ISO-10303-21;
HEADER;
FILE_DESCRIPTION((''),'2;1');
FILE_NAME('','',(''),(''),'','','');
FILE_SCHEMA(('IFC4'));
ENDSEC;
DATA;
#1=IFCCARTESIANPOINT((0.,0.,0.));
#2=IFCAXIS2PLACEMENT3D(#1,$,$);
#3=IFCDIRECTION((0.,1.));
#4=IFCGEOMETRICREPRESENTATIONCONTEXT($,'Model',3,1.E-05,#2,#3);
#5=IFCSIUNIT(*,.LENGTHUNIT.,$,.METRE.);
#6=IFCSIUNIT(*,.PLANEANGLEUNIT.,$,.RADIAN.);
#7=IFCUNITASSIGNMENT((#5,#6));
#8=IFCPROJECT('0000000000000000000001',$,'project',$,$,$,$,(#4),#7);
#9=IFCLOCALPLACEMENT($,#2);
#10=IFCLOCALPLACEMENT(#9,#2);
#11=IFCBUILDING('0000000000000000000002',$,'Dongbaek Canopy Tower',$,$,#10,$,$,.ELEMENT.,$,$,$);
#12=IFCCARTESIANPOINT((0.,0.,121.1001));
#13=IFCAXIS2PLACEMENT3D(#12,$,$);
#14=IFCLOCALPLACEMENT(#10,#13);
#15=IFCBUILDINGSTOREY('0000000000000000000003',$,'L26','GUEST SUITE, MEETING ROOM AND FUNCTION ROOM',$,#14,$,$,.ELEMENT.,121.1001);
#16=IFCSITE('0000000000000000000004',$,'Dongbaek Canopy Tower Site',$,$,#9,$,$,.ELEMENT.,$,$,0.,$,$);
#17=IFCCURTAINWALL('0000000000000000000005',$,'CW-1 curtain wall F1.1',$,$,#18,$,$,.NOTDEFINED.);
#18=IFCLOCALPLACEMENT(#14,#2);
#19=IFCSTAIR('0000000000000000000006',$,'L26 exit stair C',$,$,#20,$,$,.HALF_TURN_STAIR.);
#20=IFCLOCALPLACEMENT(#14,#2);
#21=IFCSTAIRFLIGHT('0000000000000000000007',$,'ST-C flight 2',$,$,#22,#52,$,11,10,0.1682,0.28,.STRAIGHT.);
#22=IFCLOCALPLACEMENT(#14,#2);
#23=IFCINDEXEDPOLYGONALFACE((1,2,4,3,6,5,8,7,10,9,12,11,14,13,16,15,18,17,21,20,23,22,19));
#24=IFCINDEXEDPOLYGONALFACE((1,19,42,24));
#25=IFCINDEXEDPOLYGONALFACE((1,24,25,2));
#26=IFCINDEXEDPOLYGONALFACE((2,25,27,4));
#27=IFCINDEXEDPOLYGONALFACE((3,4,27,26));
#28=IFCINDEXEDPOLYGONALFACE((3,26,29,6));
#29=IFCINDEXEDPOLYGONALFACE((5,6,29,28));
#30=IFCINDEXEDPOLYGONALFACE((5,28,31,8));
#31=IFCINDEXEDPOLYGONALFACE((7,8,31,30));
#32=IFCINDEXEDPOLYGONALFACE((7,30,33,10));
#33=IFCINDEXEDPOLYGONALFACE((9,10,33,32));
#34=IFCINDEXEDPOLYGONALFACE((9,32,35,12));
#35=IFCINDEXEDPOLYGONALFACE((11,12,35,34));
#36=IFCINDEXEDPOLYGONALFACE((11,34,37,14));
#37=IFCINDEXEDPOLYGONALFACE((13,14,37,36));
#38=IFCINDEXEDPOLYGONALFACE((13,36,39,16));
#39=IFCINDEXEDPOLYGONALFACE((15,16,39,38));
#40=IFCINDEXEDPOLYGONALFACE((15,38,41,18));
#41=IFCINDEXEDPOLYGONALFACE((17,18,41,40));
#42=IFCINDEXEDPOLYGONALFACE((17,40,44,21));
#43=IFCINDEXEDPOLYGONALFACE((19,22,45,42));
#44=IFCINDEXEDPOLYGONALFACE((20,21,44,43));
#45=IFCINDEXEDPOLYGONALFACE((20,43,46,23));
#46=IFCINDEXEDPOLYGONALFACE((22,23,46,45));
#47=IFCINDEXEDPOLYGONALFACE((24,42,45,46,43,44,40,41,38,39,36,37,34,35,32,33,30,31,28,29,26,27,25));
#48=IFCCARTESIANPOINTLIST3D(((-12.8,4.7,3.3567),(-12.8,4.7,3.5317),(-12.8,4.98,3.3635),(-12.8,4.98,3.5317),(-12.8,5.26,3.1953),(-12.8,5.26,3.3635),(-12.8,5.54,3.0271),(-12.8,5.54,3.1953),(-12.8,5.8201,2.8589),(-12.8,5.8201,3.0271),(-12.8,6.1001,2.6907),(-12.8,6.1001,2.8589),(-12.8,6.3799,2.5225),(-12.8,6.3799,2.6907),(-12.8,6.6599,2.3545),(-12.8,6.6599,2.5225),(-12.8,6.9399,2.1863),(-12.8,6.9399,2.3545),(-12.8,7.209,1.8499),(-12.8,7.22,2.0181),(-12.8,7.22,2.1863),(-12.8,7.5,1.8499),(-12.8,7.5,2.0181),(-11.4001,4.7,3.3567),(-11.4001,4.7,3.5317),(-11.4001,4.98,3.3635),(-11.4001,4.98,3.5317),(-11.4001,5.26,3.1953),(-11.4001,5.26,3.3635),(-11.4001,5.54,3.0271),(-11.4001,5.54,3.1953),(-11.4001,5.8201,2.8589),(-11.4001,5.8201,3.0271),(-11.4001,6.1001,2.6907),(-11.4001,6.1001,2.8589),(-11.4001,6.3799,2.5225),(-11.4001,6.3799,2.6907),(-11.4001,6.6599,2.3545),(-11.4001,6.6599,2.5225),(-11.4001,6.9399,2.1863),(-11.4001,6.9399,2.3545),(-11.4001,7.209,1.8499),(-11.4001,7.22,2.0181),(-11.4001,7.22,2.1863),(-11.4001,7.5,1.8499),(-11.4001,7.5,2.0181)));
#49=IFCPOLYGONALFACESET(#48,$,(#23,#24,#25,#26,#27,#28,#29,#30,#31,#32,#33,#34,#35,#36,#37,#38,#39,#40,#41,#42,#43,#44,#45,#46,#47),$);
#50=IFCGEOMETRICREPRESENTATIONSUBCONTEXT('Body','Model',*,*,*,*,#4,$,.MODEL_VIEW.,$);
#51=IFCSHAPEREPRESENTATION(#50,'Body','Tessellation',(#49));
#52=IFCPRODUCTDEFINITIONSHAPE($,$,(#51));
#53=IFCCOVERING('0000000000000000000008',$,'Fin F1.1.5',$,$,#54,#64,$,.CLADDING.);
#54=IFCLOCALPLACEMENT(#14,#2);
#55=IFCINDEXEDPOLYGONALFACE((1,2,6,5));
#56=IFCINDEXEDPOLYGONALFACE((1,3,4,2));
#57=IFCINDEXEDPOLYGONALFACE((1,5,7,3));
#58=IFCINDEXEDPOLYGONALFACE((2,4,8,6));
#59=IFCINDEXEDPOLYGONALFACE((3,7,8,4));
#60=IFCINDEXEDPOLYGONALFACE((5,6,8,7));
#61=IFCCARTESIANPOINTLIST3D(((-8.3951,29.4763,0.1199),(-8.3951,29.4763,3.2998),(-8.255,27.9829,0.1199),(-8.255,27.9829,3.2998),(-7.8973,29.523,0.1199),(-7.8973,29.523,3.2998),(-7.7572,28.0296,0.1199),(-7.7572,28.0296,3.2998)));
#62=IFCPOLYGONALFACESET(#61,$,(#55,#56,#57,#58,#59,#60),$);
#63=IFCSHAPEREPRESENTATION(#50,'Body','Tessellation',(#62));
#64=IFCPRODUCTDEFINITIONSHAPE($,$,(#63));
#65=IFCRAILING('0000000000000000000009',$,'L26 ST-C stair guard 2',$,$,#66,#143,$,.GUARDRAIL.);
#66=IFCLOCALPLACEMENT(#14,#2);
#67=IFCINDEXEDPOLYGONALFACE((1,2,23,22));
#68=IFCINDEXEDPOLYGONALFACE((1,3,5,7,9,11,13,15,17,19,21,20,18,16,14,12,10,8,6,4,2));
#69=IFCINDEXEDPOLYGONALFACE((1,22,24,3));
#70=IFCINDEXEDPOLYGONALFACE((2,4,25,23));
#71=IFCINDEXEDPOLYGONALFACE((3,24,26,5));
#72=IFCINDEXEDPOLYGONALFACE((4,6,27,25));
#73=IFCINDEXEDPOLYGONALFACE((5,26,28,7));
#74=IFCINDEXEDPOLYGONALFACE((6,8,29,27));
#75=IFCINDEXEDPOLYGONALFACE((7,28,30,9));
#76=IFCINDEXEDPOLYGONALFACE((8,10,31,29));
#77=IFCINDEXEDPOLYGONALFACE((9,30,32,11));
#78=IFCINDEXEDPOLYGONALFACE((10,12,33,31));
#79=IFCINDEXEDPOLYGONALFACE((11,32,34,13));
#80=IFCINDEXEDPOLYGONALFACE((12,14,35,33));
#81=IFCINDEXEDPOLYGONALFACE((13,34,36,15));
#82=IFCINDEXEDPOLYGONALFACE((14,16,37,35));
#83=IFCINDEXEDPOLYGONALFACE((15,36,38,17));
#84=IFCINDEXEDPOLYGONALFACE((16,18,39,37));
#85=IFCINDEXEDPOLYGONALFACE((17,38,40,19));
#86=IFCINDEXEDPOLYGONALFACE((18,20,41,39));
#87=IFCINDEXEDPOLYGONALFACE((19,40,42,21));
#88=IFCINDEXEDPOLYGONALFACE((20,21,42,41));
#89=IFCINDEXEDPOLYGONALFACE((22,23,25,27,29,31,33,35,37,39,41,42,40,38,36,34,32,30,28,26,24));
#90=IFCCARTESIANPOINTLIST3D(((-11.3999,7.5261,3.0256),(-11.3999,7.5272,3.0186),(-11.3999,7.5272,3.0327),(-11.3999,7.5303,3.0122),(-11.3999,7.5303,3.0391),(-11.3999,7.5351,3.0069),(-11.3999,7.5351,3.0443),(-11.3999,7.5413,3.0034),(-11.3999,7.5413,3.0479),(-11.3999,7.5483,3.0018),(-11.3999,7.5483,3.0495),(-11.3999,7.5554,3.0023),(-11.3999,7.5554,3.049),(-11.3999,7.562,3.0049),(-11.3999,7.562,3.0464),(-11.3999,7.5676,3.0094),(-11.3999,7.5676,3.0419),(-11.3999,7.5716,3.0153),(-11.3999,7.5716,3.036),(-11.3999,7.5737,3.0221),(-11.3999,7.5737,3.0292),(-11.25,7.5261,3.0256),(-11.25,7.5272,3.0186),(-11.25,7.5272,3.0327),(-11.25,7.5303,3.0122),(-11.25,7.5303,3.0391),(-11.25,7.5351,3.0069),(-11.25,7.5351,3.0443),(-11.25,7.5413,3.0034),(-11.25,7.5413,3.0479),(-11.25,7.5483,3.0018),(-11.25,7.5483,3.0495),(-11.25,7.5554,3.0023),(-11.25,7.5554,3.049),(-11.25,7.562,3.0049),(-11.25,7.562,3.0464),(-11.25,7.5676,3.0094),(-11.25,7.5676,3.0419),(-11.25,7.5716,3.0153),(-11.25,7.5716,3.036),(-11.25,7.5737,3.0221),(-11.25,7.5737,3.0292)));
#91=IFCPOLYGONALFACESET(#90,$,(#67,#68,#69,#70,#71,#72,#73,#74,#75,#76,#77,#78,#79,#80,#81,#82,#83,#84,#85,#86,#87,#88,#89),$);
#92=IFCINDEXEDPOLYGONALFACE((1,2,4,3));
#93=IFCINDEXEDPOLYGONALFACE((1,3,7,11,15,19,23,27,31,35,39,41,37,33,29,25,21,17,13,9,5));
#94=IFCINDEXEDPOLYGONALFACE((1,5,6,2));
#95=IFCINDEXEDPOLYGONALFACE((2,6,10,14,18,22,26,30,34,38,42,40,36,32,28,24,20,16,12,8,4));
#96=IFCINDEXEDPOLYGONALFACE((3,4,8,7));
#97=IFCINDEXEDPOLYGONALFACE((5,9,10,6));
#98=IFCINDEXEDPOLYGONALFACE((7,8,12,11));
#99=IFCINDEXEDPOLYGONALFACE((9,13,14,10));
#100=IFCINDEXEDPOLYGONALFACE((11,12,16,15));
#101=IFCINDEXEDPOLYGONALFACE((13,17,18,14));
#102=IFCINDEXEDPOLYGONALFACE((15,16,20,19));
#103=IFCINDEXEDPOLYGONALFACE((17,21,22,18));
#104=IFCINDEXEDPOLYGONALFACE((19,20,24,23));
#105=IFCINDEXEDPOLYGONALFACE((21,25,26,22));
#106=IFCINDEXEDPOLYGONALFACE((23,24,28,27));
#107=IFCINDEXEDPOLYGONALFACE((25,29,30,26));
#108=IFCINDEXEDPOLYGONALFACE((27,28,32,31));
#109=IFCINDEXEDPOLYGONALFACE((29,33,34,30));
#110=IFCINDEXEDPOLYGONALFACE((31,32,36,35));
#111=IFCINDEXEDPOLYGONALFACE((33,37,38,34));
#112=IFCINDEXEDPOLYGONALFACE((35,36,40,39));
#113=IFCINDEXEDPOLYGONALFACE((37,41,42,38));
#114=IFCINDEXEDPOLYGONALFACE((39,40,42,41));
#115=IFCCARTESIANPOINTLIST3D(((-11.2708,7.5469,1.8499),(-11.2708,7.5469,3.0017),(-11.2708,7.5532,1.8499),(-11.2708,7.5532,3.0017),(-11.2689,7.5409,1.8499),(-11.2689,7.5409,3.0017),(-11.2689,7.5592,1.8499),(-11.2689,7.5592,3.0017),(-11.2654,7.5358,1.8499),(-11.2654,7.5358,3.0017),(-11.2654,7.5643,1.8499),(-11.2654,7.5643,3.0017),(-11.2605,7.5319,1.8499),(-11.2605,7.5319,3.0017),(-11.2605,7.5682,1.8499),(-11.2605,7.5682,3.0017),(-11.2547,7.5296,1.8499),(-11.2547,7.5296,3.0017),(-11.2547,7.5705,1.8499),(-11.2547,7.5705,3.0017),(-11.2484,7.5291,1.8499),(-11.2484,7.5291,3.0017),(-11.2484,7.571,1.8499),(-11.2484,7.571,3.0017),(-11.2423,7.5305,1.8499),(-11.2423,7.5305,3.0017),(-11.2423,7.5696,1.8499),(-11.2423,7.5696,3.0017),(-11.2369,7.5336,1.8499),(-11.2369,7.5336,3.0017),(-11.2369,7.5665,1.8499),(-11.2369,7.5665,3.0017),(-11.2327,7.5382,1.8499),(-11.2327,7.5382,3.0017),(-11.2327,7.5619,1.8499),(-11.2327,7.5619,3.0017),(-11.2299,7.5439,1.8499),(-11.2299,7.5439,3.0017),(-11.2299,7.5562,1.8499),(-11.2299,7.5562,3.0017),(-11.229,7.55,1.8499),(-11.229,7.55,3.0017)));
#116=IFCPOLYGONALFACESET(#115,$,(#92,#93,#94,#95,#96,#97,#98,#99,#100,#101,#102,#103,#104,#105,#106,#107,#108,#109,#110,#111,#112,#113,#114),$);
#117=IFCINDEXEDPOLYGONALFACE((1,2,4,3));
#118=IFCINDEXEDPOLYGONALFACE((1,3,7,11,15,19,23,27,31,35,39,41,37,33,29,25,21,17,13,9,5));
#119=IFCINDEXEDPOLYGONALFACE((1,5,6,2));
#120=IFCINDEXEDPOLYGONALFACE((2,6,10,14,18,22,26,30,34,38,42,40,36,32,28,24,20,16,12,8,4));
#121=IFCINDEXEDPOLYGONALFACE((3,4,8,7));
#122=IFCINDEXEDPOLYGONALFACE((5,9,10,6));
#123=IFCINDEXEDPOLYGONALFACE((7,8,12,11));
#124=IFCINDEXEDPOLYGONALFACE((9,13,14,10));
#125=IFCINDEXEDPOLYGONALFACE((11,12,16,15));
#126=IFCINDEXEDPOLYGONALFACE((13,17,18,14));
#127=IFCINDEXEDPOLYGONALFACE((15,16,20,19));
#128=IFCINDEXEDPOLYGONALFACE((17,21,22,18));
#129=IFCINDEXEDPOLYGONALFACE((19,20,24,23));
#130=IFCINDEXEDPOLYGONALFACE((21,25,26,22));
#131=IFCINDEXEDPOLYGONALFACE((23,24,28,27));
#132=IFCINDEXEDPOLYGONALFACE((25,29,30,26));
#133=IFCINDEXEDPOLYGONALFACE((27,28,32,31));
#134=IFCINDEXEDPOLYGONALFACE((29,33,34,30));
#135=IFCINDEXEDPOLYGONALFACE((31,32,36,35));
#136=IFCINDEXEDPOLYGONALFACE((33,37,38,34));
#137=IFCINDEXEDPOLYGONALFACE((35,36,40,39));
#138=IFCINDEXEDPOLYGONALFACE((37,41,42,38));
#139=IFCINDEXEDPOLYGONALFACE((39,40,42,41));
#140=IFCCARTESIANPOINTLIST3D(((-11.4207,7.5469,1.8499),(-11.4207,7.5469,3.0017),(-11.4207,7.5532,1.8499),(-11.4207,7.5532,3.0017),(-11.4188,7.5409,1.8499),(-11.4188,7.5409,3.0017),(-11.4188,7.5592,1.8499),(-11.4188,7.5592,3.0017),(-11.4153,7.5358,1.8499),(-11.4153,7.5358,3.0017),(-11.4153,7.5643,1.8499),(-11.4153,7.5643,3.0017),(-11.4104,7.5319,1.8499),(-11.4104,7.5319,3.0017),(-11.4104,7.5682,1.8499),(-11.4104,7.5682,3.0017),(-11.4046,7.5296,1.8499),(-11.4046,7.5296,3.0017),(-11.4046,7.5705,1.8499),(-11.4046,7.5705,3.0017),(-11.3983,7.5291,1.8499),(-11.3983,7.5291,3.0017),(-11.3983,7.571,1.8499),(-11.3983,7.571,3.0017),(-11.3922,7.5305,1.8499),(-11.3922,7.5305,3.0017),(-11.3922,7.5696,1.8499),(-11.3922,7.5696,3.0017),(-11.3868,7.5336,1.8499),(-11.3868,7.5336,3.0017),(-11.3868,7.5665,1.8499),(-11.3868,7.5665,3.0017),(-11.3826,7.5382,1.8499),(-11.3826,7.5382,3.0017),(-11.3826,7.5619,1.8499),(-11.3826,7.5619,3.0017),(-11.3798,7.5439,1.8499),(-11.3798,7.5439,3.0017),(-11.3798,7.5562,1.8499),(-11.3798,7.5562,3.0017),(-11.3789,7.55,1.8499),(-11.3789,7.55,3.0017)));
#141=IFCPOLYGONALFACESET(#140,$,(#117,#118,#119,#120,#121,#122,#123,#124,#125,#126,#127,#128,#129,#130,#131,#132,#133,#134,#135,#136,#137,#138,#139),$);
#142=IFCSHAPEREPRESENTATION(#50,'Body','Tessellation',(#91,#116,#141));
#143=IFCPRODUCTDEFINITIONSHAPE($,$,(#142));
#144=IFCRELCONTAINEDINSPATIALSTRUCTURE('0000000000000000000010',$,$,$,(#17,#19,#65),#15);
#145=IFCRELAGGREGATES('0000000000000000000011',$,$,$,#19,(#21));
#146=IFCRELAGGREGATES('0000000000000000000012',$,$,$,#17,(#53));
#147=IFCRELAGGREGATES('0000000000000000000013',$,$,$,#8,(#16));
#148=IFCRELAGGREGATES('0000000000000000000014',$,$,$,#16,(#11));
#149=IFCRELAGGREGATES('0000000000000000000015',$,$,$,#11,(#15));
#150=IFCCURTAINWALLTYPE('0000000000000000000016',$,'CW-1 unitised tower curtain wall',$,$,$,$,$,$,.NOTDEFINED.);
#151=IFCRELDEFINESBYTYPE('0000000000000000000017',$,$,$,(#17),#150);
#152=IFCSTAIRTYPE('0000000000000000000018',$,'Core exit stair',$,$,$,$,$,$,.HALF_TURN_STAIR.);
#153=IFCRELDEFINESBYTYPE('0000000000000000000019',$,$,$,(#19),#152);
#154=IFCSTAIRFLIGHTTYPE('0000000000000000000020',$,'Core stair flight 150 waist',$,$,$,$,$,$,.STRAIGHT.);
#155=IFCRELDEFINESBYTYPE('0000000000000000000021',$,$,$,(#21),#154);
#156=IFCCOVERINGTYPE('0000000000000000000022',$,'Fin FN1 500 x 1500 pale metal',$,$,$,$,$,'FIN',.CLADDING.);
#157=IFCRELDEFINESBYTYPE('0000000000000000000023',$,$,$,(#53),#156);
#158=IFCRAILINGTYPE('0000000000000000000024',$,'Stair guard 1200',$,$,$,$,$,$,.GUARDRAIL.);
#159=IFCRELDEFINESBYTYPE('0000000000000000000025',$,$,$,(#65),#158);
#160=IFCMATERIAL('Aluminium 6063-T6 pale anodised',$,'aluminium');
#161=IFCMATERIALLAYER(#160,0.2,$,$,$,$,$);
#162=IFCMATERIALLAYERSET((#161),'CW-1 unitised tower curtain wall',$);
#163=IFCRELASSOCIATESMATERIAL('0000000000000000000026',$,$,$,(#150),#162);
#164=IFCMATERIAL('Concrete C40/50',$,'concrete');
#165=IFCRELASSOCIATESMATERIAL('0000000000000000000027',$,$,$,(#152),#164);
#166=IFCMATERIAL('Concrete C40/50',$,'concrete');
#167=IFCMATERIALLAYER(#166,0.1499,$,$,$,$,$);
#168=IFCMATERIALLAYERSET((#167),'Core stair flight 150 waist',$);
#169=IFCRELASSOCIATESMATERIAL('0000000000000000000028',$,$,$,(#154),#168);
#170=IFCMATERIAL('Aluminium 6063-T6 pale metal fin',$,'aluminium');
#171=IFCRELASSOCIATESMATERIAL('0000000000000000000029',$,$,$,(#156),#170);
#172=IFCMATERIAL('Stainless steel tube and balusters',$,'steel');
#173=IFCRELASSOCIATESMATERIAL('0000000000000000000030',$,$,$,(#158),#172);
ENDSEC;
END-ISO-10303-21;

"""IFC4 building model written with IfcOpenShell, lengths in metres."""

from ifc_helpers import new_model, si_unit, direction, frame, origin, origin_2d, place, context, subcontext, project, spatial, polyline, rectangle, circle, outline, extrude, material, layer, layer_set, material_profile, profile_set, type_object, element, aggregate, save


model = new_model("IFC4")

# Units and contexts
model_context = context("Model", 3, precision=1e-05, world=origin(), true_north=direction((0.0, 1.0)))
body_context = subcontext(model_context, "Body", "Model", "MODEL_VIEW")
ifc_project = project(units=[si_unit("LENGTHUNIT", "METRE"), si_unit("PLANEANGLEUNIT", "RADIAN")], contexts=[model_context])

# Site, building, storey
site_placement = place(None, origin())
site = spatial("IfcSite", under=ifc_project, at=site_placement, Name="Dongbaek Canopy Tower Site", CompositionType="ELEMENT", RefElevation=0.0)
building_placement = place(site_placement, origin())
building = spatial("IfcBuilding", under=site, at=building_placement, Name="Dongbaek Canopy Tower", CompositionType="ELEMENT")
storey_placement = place(building_placement, frame((0.0, 0.0, 121.1001)))
storey = spatial("IfcBuildingStorey", under=building, at=storey_placement, Name="L26", Description="GUEST SUITE, MEETING ROOM AND FUNCTION ROOM", CompositionType="ELEMENT", Elevation=121.1001)

# Curtain wall
ifc_material_1 = material(Name="Aluminium 6063-T6 pale anodised", Category="aluminium")
ifc_layer_1 = layer(ifc_material_1, 0.2)
ifc_layer_set_1 = layer_set([ifc_layer_1], Name="CW-1 unitised tower curtain wall")
curtain_wall_type = type_object("IfcCurtainWallType", Name="CW-1 unitised tower curtain wall", PredefinedType="NOTDEFINED", material=ifc_layer_set_1)
curtain_wall_placement = place(storey_placement, origin())
curtain_wall = element("IfcCurtainWall", 1, at=curtain_wall_placement, inside=storey, type_object=curtain_wall_type, Name="CW-1 curtain wall F1.1", PredefinedType="NOTDEFINED")

# Stair, stair flight
ifc_material_2 = material(Name="Concrete C40/50", Category="concrete")
stair_type = type_object("IfcStairType", Name="Core exit stair", PredefinedType="HALF_TURN_STAIR", material=ifc_material_2)
stair_placement = place(storey_placement, origin())
stair = element("IfcStair", 2, at=stair_placement, inside=storey, type_object=stair_type, Name="L26 exit stair C", PredefinedType="HALF_TURN_STAIR")
ifc_material_3 = material(Name="Concrete C40/50", Category="concrete")
ifc_layer_2 = layer(ifc_material_3, 0.1499)
ifc_layer_set_2 = layer_set([ifc_layer_2], Name="Core stair flight 150 waist")
stair_flight_type = type_object("IfcStairFlightType", Name="Core stair flight 150 waist", PredefinedType="STRAIGHT", material=ifc_layer_set_2)
stair_flight_placement = place(storey_placement, frame((-12.1001, 7.5, 1.8499), z_axis=(0.0, 0.0, 1.0), x_axis=(0.0, -1.0, 0.0)))
stair_flight = element("IfcStairFlight", 3, at=stair_flight_placement, type_object=stair_flight_type, Name="ST-C flight 2", NumberOfRisers=11, NumberOfTreads=10, PredefinedType="STRAIGHT", RiserHeight=0.1682, TreadLength=0.28, context=body_context, shape_type="SweptSolid", body=[
    extrude(outline(polyline([(0.0, 0.0), (0.0, 0.1682), (0.28, 0.1682), (0.28, 0.3364), (0.5601, 0.3364), (0.5601, 0.5046), (0.8401, 0.5046), (0.8401, 0.6726), (1.1201, 0.6726), (1.1201, 0.8408), (1.3999, 0.8408), (1.3999, 1.009), (1.6799, 1.009), (1.6799, 1.1772), (1.96, 1.1772), (1.96, 1.3455), (2.24, 1.3455), (2.24, 1.5137), (2.52, 1.5137), (2.52, 1.6819), (2.8, 1.6819), (2.8, 1.8501), (2.8, 1.5068), (0.291, 0.0), (0.0, 0.0)])), frame((0.0, 0.7, 0.0), z_axis=(0.0, -1.0, 0.0), x_axis=(1.0, 0.0, 0.0)), (0.0, 0.0, 1.0), 1.3999),
])
aggregate(stair, [stair_flight])

# Covering
ifc_material_4 = material(Name="Aluminium 6063-T6 pale metal fin", Category="aluminium")
ifc_material_profile_1 = material_profile(ifc_material_4, rectangle(XDim=1.5, YDim=0.5, at=origin_2d()), Name="Fin FN1 500 x 1500 pale metal")
ifc_profile_set_1 = profile_set([ifc_material_profile_1], Name="Aluminium 6063-T6 pale metal fin")
covering_type = type_object("IfcCoveringType", Name="Fin FN1 500 x 1500 pale metal", ElementType="FIN", PredefinedType="CLADDING", material=ifc_profile_set_1)
covering_placement = place(storey_placement, frame((-8.0762, 28.7529, 0.1199), z_axis=(0.0, 0.0, 1.0), x_axis=(-0.093398, 0.995629, 0.0)))
covering = element("IfcCovering", 4, at=covering_placement, type_object=covering_type, Name="Fin F1.1.5", PredefinedType="CLADDING", context=body_context, shape_type="SweptSolid", body=[
    extrude(rectangle(XDim=1.5, YDim=0.5, at=origin_2d()), origin(), (0.0, 0.0, 1.0), 3.1799),
])
aggregate(curtain_wall, [covering])

# Railing
ifc_material_5 = material(Name="Stainless steel tube and balusters", Category="steel")
railing_type = type_object("IfcRailingType", Name="Stair guard 1200", PredefinedType="GUARDRAIL", material=ifc_material_5)
railing_1_placement = place(storey_placement, frame((-11.25, 7.55, 1.8499)))
element("IfcRailing", 5, at=railing_1_placement, inside=storey, type_object=railing_type, Name="L26 ST-C stair guard 2", PredefinedType="GUARDRAIL", context=body_context, shape_type="SweptSolid", body=[
    extrude(circle(Radius=0.0239, at=origin_2d()), frame((0.0, 0.0, 1.1758), z_axis=(-1.0, 0.0, 0.0), x_axis=(0.0, -1.0, 0.0)), (0.0, 0.0, 1.0), 0.1499),
    extrude(circle(Radius=0.021, at=origin_2d()), origin(), (0.0, 0.0, 1.0), 1.1519),
    extrude(circle(Radius=0.021, at=origin_2d()), frame((-0.1499, 0.0, 0.0)), (0.0, 0.0, 1.0), 1.1519),
])

save(model, "model.ifc")
